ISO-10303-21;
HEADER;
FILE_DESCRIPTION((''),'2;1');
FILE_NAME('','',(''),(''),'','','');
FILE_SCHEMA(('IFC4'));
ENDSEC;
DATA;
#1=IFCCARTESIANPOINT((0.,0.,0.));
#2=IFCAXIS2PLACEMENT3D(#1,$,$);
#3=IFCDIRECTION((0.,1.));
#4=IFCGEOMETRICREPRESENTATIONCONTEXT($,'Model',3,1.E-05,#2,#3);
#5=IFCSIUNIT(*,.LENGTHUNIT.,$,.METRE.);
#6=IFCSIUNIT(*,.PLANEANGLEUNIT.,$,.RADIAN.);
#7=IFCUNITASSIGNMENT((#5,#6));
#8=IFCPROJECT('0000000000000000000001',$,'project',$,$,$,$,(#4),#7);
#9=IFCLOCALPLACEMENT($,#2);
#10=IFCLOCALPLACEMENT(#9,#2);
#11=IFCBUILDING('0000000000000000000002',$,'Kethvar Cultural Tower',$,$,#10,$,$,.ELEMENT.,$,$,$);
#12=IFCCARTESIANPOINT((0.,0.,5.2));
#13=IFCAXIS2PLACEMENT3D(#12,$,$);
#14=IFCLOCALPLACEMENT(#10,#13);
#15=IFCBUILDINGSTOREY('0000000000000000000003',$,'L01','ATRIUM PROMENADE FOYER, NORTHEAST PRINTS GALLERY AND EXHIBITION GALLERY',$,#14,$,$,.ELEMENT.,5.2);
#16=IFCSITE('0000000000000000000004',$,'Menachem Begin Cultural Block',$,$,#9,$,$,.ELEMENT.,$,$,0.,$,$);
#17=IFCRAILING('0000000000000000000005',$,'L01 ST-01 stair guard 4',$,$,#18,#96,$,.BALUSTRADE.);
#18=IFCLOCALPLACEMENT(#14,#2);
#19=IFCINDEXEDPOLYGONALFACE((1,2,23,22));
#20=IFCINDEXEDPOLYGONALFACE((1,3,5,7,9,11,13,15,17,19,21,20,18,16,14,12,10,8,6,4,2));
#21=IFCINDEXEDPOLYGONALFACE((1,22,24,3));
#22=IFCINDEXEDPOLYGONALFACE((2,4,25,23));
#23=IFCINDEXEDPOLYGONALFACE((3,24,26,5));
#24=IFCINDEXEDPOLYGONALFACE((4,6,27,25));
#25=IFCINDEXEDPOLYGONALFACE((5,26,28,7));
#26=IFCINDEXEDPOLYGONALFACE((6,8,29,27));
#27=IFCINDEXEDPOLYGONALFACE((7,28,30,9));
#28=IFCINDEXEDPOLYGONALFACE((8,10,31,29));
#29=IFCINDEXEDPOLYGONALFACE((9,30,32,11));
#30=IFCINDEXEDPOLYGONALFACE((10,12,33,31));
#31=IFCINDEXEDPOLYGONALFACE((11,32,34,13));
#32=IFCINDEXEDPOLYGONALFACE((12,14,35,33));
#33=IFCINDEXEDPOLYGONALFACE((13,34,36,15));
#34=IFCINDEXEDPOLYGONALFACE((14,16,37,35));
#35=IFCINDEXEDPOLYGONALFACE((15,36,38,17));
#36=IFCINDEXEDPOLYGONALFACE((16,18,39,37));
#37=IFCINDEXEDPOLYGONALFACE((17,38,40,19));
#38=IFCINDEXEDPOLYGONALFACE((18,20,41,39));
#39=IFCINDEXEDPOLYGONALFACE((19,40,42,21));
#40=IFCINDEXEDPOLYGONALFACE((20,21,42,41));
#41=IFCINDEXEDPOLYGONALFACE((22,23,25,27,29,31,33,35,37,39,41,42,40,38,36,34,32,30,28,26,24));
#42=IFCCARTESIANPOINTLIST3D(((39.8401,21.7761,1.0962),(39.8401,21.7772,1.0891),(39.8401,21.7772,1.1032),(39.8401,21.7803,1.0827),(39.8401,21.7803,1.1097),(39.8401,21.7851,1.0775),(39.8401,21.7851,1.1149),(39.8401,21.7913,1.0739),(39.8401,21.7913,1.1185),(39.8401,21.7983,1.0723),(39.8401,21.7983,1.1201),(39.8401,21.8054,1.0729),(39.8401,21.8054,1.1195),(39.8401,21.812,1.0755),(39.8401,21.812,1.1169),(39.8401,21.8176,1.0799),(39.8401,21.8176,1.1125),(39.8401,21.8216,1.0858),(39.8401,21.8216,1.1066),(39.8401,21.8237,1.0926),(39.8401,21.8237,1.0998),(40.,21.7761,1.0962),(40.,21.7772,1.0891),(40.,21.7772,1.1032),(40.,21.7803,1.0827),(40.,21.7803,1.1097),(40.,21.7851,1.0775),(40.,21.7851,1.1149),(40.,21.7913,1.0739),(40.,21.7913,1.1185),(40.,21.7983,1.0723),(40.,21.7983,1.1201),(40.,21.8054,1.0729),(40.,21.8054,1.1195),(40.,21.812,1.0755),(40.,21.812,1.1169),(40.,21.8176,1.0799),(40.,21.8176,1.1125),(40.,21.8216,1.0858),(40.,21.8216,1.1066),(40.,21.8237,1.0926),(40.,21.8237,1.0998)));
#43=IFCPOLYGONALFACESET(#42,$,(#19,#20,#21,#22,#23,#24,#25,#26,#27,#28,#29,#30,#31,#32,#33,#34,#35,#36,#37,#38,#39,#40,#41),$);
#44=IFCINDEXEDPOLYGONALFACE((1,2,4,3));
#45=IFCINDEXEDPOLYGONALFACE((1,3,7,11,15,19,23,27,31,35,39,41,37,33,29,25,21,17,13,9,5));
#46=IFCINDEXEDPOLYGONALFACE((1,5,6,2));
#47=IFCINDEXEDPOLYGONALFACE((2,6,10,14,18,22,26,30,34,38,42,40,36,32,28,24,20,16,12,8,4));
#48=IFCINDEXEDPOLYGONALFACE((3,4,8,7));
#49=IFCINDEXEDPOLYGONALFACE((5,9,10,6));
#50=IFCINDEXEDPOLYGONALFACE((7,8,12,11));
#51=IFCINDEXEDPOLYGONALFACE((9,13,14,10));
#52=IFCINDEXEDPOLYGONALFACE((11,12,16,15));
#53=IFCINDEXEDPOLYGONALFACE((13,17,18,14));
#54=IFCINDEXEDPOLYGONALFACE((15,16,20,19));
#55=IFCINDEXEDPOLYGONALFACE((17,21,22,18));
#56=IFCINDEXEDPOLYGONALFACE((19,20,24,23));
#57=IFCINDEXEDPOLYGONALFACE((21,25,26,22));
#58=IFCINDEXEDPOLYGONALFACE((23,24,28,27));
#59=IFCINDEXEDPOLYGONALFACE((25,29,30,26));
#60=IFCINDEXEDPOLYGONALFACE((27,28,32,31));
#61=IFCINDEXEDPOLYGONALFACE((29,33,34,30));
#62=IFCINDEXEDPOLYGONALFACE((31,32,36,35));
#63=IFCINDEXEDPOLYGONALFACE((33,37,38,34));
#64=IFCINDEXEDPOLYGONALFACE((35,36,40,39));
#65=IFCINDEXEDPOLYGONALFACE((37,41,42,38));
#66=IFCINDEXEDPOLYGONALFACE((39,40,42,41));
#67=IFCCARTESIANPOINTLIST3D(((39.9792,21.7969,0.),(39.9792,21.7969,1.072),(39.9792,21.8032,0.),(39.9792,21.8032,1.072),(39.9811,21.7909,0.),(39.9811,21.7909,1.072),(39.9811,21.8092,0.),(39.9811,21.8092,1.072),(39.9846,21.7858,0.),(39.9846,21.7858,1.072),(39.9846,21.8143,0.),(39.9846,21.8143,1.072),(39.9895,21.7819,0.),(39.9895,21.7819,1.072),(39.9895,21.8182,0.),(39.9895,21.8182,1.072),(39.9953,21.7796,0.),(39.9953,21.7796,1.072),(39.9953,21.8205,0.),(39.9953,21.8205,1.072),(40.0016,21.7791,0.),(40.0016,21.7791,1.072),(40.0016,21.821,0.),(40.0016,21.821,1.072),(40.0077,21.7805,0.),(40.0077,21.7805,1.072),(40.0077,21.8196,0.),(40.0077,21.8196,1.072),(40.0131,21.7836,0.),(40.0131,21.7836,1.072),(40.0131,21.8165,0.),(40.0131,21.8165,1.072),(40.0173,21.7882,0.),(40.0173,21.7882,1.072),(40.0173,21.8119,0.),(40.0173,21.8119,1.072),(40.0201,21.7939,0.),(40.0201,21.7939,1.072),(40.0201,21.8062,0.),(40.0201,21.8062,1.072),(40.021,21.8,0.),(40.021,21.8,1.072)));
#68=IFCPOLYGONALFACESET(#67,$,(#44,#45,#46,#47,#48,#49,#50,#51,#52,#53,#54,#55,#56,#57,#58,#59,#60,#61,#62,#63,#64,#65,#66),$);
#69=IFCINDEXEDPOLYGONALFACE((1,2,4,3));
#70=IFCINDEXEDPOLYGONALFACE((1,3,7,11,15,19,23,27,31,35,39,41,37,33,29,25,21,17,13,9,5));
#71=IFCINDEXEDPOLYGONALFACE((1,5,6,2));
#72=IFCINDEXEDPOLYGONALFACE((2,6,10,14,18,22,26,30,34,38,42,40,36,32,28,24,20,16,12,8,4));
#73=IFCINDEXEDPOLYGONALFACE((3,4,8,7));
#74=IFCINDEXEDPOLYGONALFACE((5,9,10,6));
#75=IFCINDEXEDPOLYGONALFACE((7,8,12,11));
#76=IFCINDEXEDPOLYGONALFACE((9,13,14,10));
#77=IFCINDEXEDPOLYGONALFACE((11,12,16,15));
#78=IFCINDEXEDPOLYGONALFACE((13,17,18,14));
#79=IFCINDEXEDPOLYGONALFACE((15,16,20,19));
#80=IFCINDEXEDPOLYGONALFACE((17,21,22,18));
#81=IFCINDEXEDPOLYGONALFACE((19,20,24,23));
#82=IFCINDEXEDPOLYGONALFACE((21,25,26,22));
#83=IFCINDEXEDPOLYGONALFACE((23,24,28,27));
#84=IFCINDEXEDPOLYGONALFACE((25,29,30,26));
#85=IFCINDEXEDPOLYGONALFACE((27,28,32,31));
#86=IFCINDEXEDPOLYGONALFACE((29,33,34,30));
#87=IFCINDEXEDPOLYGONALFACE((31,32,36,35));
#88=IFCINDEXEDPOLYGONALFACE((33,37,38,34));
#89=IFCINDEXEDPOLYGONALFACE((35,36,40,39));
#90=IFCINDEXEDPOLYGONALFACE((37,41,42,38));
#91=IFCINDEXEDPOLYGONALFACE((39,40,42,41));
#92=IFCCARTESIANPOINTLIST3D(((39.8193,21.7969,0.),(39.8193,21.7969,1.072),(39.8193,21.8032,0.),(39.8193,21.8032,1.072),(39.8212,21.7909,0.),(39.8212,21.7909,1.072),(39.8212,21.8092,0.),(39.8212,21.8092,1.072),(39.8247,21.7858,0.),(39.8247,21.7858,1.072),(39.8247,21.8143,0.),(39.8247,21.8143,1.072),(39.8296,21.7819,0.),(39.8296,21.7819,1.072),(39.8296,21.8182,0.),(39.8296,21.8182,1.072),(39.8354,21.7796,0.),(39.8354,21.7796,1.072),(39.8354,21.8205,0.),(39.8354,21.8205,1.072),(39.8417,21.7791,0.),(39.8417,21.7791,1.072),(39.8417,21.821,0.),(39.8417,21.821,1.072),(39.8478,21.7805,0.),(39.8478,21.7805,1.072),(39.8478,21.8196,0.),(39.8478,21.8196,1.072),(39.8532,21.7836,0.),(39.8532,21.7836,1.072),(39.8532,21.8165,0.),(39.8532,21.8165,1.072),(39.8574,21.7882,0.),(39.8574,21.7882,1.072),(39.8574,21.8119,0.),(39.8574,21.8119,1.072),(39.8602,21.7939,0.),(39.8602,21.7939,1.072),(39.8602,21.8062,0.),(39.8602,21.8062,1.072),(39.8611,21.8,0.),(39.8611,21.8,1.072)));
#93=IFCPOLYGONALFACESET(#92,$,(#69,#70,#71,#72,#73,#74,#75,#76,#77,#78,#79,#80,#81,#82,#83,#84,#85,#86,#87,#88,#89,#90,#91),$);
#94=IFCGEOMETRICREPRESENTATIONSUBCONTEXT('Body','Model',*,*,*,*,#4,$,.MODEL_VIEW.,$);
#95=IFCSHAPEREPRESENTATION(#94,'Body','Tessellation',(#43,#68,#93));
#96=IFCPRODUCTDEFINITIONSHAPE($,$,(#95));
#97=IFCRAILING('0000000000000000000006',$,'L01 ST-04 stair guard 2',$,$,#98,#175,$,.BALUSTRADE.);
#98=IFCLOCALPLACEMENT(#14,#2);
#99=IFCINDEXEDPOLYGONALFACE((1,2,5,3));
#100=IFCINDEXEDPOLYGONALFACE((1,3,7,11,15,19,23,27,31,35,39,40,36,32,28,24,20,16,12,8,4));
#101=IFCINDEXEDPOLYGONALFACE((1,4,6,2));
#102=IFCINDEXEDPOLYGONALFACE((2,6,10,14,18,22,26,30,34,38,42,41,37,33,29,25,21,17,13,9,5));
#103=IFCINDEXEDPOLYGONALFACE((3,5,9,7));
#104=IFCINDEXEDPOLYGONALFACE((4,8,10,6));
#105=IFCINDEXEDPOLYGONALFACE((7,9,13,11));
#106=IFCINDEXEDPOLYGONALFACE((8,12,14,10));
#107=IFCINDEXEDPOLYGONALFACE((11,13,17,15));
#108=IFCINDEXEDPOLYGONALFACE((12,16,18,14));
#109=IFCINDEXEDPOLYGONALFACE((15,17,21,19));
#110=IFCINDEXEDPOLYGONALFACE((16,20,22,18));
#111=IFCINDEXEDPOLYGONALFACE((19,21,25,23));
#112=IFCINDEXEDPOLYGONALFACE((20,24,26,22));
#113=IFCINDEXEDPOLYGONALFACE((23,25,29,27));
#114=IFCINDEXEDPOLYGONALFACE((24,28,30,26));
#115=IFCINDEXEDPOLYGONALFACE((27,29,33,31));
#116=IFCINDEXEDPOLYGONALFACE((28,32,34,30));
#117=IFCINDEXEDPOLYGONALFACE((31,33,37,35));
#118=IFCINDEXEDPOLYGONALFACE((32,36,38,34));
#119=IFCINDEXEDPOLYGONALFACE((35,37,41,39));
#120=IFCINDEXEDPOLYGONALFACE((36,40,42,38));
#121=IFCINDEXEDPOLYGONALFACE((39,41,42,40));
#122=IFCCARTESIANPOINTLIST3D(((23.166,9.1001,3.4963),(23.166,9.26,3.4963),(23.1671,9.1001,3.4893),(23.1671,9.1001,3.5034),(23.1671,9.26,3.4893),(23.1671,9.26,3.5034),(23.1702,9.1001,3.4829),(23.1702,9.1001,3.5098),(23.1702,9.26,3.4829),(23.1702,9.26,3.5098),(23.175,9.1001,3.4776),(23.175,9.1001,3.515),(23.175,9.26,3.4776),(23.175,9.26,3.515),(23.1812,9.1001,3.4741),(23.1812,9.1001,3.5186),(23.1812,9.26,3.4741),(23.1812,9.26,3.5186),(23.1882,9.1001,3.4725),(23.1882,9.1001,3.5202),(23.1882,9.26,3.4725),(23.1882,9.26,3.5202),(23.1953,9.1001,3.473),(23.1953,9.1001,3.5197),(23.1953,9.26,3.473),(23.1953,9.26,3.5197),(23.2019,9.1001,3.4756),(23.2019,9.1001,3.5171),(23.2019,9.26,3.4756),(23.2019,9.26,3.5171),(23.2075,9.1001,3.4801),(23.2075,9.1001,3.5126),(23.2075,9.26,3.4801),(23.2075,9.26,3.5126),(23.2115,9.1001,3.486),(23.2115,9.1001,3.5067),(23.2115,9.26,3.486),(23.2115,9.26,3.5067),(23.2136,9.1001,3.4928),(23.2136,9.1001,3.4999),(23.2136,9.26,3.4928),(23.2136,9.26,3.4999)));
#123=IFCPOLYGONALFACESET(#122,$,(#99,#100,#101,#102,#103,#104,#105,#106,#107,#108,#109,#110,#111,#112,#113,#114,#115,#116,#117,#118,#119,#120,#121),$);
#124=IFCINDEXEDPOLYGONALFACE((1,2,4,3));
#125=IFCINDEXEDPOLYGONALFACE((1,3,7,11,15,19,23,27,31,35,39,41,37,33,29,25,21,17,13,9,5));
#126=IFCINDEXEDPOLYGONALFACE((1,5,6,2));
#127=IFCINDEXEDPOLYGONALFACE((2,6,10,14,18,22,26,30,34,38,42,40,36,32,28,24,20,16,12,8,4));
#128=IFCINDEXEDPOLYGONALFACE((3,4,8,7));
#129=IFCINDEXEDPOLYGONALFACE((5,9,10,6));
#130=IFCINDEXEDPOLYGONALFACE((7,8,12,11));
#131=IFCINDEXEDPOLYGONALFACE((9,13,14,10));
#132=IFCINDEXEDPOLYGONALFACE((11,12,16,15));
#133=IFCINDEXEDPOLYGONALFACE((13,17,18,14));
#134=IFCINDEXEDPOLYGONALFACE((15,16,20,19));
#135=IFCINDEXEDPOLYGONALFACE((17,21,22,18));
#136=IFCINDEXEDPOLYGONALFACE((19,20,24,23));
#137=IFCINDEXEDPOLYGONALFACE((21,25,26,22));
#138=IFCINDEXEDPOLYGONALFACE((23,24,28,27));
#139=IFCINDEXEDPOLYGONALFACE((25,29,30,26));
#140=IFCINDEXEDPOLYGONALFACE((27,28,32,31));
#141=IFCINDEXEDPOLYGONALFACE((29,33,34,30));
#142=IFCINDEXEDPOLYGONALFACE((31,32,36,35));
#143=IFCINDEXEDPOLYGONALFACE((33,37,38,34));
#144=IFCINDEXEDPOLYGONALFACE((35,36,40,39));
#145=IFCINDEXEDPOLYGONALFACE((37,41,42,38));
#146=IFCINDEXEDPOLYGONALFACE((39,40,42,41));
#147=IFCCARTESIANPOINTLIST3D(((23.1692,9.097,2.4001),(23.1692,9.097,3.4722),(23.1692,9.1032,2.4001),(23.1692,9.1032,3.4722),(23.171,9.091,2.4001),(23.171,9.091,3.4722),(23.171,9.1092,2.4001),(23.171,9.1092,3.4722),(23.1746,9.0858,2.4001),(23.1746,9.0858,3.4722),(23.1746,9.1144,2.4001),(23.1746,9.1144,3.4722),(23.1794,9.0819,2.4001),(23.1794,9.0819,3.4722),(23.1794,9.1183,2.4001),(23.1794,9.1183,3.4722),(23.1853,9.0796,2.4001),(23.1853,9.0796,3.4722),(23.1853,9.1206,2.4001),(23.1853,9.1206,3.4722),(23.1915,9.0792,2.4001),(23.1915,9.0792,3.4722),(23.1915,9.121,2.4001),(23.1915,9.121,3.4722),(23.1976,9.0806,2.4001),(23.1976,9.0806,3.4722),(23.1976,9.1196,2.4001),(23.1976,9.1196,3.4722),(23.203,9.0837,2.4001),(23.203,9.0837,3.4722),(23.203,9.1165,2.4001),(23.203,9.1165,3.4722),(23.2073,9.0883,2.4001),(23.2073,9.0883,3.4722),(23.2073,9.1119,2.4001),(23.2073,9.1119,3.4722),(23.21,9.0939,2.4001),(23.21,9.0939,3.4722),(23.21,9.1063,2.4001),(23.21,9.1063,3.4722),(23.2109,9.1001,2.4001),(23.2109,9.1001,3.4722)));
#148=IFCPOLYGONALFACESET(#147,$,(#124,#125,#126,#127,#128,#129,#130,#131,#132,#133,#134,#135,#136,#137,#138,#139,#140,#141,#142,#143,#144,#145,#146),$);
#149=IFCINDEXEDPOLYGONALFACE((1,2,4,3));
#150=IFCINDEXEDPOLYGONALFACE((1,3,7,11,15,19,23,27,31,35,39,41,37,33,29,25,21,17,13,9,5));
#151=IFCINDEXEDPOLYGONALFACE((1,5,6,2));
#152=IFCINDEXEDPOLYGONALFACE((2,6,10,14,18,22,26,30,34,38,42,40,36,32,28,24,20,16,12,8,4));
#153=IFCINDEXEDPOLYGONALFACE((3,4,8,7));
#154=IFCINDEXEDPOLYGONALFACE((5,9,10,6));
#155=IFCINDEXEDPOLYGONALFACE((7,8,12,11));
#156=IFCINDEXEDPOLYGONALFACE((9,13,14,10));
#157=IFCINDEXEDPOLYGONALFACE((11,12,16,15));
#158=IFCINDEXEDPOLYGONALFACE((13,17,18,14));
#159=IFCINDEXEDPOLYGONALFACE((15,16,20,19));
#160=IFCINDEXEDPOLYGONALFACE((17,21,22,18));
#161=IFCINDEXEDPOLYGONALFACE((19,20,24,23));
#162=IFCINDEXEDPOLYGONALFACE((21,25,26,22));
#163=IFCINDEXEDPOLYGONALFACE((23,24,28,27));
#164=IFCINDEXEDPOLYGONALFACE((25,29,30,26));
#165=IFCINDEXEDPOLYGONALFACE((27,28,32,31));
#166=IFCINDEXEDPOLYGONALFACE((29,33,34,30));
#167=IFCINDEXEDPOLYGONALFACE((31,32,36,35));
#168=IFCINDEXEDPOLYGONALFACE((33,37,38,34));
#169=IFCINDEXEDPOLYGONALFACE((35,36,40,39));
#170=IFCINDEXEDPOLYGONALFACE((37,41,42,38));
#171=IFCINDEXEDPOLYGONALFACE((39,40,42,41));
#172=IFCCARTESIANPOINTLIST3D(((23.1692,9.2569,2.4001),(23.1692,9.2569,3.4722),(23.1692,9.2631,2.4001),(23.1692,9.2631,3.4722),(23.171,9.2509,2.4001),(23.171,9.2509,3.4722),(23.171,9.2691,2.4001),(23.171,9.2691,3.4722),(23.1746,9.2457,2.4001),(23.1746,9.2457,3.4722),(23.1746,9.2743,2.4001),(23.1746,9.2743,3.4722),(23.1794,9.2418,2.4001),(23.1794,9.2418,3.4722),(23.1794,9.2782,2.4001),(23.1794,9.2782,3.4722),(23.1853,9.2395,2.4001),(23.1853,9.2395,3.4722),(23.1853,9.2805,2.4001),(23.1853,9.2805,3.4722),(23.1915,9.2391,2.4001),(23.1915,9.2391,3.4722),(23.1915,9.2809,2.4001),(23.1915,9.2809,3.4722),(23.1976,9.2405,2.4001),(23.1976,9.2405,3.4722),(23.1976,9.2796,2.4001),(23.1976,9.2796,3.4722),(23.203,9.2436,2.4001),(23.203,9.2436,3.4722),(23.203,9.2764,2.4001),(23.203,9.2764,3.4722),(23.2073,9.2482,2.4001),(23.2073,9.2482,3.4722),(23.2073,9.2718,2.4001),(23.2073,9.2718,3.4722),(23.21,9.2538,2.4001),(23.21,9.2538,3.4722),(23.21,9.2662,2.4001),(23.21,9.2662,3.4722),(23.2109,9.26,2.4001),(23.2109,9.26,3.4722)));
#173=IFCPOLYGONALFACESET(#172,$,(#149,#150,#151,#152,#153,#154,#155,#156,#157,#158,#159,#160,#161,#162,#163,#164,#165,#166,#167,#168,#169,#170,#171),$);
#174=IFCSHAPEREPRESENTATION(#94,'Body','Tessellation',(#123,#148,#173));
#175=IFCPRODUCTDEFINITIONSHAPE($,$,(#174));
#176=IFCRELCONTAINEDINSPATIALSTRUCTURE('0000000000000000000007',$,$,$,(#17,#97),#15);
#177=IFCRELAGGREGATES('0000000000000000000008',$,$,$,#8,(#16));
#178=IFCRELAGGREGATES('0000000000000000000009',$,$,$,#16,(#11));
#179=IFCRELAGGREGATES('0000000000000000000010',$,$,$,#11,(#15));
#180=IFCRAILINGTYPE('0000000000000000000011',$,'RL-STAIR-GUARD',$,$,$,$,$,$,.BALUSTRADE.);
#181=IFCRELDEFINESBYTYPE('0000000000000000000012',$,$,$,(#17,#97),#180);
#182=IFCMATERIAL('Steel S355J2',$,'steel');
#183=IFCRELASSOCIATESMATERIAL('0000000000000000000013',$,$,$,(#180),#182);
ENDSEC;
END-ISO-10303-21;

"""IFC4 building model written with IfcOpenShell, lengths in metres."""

from ifc_helpers import new_model, si_unit, direction, frame, origin, origin_2d, place, context, subcontext, project, spatial, circle, extrude, material, type_object, element, save


model = new_model("IFC4")

# Units and contexts
model_context = context("Model", 3, precision=1e-05, world=origin(), true_north=direction((0.0, 1.0)))
body_context = subcontext(model_context, "Body", "Model", "MODEL_VIEW")
ifc_project = project(units=[si_unit("LENGTHUNIT", "METRE"), si_unit("PLANEANGLEUNIT", "RADIAN")], contexts=[model_context])

# Site, building, storey
site_placement = place(None, origin())
site = spatial("IfcSite", under=ifc_project, at=site_placement, Name="Menachem Begin Cultural Block", CompositionType="ELEMENT", RefElevation=0.0)
building_placement = place(site_placement, origin())
building = spatial("IfcBuilding", under=site, at=building_placement, Name="Kethvar Cultural Tower", CompositionType="ELEMENT")
storey_placement = place(building_placement, frame((0.0, 0.0, 5.2)))
storey = spatial("IfcBuildingStorey", under=building, at=storey_placement, Name="L01", Description="ATRIUM PROMENADE FOYER, NORTHEAST PRINTS GALLERY AND EXHIBITION GALLERY", CompositionType="ELEMENT", Elevation=5.2)

# Shared definitions
ifc_material_1 = material(Name="Steel S355J2", Category="steel")

# Railings
railing_type_1 = type_object("IfcRailingType", Name="RL-STAIR-GUARD", PredefinedType="BALUSTRADE", material=ifc_material_1)
railing_1_placement = place(storey_placement, frame((40.0, 21.8, 0.0)))
element("IfcRailing", 1, at=railing_1_placement, inside=storey, type_object=railing_type_1, Name="L01 ST-01 stair guard 4", PredefinedType="BALUSTRADE", context=body_context, shape_type="SweptSolid", body=[
    extrude(circle(Radius=0.0239, at=origin_2d()), frame((0.0, 0.0, 1.0962), z_axis=(-1.0, 0.0, 0.0), x_axis=(0.0, -1.0, 0.0)), (0.0, 0.0, 1.0), 0.1599),
    extrude(circle(Radius=0.021, at=origin_2d()), origin(), (0.0, 0.0, 1.0), 1.072),
    extrude(circle(Radius=0.021, at=origin_2d()), frame((-0.1599, 0.0, 0.0)), (0.0, 0.0, 1.0), 1.072),
])
railing_2_placement = place(storey_placement, frame((23.1899, 9.1001, 2.4001)))
element("IfcRailing", 2, at=railing_2_placement, inside=storey, type_object=railing_type_1, Name="L01 ST-04 stair guard 2", PredefinedType="BALUSTRADE", context=body_context, shape_type="SweptSolid", body=[
    extrude(circle(Radius=0.0239, at=origin_2d()), frame((0.0, 0.0, 1.0962), z_axis=(0.0, 1.0, 0.0), x_axis=(-1.0, 0.0, 0.0)), (0.0, 0.0, 1.0), 0.1599),
    extrude(circle(Radius=0.021, at=origin_2d()), origin(), (0.0, 0.0, 1.0), 1.072),
    extrude(circle(Radius=0.021, at=origin_2d()), frame((0.0, 0.1599, 0.0)), (0.0, 0.0, 1.0), 1.072),
])

save(model, "model.ifc")
